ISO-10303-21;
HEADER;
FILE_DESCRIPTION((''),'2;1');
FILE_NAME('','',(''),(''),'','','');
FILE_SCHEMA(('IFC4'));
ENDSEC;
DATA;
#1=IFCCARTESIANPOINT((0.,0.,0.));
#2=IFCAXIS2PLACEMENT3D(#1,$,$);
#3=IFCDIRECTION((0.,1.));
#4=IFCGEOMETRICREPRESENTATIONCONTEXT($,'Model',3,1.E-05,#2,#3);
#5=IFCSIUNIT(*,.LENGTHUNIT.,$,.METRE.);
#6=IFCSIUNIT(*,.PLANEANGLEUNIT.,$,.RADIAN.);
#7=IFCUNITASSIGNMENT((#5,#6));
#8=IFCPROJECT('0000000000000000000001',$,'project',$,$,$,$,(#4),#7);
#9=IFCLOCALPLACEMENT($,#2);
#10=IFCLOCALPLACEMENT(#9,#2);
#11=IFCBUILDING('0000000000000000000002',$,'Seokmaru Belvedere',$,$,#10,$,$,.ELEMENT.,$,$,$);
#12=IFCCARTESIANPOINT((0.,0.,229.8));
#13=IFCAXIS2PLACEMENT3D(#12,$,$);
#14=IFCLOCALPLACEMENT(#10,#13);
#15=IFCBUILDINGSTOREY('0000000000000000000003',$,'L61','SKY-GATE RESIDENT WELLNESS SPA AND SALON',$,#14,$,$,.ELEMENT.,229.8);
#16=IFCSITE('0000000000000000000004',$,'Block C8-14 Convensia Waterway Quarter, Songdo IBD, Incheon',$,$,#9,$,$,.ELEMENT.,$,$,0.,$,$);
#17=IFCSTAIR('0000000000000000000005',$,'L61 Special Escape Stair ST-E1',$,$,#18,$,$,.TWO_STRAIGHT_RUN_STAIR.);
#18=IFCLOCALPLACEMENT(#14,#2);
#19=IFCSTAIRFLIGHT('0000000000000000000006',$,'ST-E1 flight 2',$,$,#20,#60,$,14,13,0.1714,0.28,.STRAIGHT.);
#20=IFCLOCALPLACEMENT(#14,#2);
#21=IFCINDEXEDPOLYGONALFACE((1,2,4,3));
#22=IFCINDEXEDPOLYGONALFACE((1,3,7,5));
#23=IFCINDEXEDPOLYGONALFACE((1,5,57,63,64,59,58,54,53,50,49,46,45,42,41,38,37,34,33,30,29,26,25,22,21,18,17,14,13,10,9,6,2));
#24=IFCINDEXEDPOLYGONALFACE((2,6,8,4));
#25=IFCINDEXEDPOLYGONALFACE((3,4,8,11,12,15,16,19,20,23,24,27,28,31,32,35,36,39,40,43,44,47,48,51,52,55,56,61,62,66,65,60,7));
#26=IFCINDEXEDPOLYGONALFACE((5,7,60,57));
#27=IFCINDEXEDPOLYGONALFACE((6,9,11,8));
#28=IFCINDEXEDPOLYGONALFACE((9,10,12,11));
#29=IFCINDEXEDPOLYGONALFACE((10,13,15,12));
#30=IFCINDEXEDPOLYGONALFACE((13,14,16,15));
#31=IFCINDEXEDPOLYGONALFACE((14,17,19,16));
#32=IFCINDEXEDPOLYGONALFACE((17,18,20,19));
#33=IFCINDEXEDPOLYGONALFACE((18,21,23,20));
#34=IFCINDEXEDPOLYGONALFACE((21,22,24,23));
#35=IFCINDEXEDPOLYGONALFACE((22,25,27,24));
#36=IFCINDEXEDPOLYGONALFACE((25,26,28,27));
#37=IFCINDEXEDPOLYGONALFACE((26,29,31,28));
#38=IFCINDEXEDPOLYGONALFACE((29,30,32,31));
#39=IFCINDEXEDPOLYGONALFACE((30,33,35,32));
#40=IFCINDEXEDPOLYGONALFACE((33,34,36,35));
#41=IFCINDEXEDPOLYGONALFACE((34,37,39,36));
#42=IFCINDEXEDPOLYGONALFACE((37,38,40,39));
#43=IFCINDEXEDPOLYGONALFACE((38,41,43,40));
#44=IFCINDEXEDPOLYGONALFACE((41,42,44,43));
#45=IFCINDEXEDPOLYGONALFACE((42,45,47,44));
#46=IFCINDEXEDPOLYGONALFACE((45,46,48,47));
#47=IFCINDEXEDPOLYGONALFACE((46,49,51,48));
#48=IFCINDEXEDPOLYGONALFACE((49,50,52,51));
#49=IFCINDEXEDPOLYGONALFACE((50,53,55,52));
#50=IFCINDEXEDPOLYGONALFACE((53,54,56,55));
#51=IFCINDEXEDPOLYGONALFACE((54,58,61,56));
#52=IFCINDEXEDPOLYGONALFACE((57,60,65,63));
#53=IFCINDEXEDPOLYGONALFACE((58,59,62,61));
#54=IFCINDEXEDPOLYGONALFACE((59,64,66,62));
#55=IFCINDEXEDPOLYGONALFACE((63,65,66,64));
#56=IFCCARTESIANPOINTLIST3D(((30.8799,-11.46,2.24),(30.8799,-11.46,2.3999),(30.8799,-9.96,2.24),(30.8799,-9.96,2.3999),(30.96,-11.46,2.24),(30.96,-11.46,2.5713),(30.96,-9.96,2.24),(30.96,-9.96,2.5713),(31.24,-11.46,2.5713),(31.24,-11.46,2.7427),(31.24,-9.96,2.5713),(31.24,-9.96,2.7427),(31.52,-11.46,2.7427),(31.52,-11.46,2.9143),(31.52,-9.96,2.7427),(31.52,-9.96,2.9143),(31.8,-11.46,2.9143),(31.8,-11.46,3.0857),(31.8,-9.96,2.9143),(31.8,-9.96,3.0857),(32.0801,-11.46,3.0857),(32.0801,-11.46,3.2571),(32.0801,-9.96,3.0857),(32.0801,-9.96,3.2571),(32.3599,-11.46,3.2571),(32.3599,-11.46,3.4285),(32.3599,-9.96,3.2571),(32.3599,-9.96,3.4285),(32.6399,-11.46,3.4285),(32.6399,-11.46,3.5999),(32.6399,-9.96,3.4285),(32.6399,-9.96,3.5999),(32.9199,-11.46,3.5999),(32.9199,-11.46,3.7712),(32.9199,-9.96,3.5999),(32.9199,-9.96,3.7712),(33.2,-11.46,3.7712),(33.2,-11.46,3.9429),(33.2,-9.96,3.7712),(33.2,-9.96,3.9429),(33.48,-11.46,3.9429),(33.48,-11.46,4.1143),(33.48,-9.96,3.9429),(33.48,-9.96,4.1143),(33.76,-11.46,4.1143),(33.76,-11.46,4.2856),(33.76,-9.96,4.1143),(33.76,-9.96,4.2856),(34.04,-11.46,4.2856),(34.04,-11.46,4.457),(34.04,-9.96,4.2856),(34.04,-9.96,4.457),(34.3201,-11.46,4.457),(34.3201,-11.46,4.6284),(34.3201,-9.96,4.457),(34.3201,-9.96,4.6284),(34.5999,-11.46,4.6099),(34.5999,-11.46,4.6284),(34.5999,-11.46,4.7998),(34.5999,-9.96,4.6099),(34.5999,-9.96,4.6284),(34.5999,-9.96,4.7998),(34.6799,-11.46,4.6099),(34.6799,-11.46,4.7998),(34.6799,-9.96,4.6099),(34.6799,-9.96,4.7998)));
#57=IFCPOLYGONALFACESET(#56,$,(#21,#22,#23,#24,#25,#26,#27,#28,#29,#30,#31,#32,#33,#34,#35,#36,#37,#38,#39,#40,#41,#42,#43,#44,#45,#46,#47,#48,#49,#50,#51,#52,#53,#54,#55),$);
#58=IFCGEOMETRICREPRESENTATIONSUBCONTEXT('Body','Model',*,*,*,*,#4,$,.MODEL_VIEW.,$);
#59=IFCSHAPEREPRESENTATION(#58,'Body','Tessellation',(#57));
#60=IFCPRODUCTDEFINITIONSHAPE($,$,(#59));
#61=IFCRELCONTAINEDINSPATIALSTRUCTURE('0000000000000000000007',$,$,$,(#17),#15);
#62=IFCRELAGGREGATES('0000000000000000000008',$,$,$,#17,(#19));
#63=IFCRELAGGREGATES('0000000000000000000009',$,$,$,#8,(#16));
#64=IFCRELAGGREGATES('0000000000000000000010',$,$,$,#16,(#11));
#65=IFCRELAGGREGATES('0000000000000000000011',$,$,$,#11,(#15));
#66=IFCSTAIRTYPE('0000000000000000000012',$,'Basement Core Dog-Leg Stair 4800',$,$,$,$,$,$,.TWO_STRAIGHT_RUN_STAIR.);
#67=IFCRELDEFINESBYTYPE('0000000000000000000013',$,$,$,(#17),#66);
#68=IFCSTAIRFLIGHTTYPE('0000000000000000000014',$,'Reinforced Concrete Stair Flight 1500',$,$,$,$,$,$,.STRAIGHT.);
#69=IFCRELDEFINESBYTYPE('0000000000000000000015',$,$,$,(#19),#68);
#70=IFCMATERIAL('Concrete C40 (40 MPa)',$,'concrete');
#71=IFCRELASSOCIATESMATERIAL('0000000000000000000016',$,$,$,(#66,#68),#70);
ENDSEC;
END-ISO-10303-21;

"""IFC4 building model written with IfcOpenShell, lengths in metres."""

from ifc_helpers import new_model, si_unit, direction, frame, origin, place, context, subcontext, project, spatial, polyline, outline, extrude, material, type_object, element, aggregate, save


model = new_model("IFC4")

# Units and contexts
model_context = context("Model", 3, precision=1e-05, world=origin(), true_north=direction((0.0, 1.0)))
body_context = subcontext(model_context, "Body", "Model", "MODEL_VIEW")
ifc_project = project(units=[si_unit("LENGTHUNIT", "METRE"), si_unit("PLANEANGLEUNIT", "RADIAN")], contexts=[model_context])

# Site, building, storey
site_placement = place(None, origin())
site = spatial("IfcSite", under=ifc_project, at=site_placement, Name="Block C8-14 Convensia Waterway Quarter, Songdo IBD, Incheon", CompositionType="ELEMENT", RefElevation=0.0)
building_placement = place(site_placement, origin())
building = spatial("IfcBuilding", under=site, at=building_placement, Name="Seokmaru Belvedere", CompositionType="ELEMENT")
storey_placement = place(building_placement, frame((0.0, 0.0, 229.8)))
storey = spatial("IfcBuildingStorey", under=building, at=storey_placement, Name="L61", Description="SKY-GATE RESIDENT WELLNESS SPA AND SALON", CompositionType="ELEMENT", Elevation=229.8)

# Stair, stair flight
ifc_material_1 = material(Name="Concrete C40 (40 MPa)", Category="concrete")
stair_type = type_object("IfcStairType", Name="Basement Core Dog-Leg Stair 4800", PredefinedType="TWO_STRAIGHT_RUN_STAIR", material=ifc_material_1)
stair_placement = place(storey_placement, origin())
stair = element("IfcStair", 1, at=stair_placement, inside=storey, type_object=stair_type, Name="L61 Special Escape Stair ST-E1", PredefinedType="TWO_STRAIGHT_RUN_STAIR")
stair_flight_type = type_object("IfcStairFlightType", Name="Reinforced Concrete Stair Flight 1500", PredefinedType="STRAIGHT", material=ifc_material_1)
stair_flight_1_placement = place(storey_placement, frame((30.96, -10.71, 2.3999), z_axis=(0.0, 0.0, 1.0), x_axis=(1.0, 0.0, 0.0)))
stair_flight_1 = element("IfcStairFlight", 2, at=stair_flight_1_placement, type_object=stair_flight_type, Name="ST-E1 flight 2", NumberOfRisers=14, NumberOfTreads=13, PredefinedType="STRAIGHT", RiserHeight=0.1714, TreadLength=0.28, context=body_context, shape_type="SweptSolid", body=[
    extrude(outline(polyline([(-0.0801, 0.0), (0.0, 0.1714), (0.28, 0.1714), (0.28, 0.3428), (0.5601, 0.3428), (0.5601, 0.5144), (0.8401, 0.5144), (0.8401, 0.6858), (1.1201, 0.6858), (1.1201, 0.8572), (1.3999, 0.8572), (1.3999, 1.0286), (1.6799, 1.0286), (1.6799, 1.2), (1.96, 1.2), (1.96, 1.3713), (2.24, 1.3713), (2.24, 1.543), (2.52, 1.543), (2.52, 1.7144), (2.8, 1.7144), (2.8, 1.8857), (3.0801, 1.8857), (3.0801, 2.0571), (3.3601, 2.0571), (3.3601, 2.2285), (3.6399, 2.2285), (3.6399, 2.3999), (3.72, 2.3999), (3.72, 2.21), (3.6399, 2.21), (0.0, -0.1599), (-0.0801, -0.1599), (-0.0801, 0.0)])), frame((0.0, 0.75, 0.0), z_axis=(0.0, -1.0, 0.0), x_axis=(1.0, 0.0, 0.0)), (0.0, 0.0, 1.0), 1.5),
])
aggregate(stair, [stair_flight_1])

save(model, "model.ifc")
